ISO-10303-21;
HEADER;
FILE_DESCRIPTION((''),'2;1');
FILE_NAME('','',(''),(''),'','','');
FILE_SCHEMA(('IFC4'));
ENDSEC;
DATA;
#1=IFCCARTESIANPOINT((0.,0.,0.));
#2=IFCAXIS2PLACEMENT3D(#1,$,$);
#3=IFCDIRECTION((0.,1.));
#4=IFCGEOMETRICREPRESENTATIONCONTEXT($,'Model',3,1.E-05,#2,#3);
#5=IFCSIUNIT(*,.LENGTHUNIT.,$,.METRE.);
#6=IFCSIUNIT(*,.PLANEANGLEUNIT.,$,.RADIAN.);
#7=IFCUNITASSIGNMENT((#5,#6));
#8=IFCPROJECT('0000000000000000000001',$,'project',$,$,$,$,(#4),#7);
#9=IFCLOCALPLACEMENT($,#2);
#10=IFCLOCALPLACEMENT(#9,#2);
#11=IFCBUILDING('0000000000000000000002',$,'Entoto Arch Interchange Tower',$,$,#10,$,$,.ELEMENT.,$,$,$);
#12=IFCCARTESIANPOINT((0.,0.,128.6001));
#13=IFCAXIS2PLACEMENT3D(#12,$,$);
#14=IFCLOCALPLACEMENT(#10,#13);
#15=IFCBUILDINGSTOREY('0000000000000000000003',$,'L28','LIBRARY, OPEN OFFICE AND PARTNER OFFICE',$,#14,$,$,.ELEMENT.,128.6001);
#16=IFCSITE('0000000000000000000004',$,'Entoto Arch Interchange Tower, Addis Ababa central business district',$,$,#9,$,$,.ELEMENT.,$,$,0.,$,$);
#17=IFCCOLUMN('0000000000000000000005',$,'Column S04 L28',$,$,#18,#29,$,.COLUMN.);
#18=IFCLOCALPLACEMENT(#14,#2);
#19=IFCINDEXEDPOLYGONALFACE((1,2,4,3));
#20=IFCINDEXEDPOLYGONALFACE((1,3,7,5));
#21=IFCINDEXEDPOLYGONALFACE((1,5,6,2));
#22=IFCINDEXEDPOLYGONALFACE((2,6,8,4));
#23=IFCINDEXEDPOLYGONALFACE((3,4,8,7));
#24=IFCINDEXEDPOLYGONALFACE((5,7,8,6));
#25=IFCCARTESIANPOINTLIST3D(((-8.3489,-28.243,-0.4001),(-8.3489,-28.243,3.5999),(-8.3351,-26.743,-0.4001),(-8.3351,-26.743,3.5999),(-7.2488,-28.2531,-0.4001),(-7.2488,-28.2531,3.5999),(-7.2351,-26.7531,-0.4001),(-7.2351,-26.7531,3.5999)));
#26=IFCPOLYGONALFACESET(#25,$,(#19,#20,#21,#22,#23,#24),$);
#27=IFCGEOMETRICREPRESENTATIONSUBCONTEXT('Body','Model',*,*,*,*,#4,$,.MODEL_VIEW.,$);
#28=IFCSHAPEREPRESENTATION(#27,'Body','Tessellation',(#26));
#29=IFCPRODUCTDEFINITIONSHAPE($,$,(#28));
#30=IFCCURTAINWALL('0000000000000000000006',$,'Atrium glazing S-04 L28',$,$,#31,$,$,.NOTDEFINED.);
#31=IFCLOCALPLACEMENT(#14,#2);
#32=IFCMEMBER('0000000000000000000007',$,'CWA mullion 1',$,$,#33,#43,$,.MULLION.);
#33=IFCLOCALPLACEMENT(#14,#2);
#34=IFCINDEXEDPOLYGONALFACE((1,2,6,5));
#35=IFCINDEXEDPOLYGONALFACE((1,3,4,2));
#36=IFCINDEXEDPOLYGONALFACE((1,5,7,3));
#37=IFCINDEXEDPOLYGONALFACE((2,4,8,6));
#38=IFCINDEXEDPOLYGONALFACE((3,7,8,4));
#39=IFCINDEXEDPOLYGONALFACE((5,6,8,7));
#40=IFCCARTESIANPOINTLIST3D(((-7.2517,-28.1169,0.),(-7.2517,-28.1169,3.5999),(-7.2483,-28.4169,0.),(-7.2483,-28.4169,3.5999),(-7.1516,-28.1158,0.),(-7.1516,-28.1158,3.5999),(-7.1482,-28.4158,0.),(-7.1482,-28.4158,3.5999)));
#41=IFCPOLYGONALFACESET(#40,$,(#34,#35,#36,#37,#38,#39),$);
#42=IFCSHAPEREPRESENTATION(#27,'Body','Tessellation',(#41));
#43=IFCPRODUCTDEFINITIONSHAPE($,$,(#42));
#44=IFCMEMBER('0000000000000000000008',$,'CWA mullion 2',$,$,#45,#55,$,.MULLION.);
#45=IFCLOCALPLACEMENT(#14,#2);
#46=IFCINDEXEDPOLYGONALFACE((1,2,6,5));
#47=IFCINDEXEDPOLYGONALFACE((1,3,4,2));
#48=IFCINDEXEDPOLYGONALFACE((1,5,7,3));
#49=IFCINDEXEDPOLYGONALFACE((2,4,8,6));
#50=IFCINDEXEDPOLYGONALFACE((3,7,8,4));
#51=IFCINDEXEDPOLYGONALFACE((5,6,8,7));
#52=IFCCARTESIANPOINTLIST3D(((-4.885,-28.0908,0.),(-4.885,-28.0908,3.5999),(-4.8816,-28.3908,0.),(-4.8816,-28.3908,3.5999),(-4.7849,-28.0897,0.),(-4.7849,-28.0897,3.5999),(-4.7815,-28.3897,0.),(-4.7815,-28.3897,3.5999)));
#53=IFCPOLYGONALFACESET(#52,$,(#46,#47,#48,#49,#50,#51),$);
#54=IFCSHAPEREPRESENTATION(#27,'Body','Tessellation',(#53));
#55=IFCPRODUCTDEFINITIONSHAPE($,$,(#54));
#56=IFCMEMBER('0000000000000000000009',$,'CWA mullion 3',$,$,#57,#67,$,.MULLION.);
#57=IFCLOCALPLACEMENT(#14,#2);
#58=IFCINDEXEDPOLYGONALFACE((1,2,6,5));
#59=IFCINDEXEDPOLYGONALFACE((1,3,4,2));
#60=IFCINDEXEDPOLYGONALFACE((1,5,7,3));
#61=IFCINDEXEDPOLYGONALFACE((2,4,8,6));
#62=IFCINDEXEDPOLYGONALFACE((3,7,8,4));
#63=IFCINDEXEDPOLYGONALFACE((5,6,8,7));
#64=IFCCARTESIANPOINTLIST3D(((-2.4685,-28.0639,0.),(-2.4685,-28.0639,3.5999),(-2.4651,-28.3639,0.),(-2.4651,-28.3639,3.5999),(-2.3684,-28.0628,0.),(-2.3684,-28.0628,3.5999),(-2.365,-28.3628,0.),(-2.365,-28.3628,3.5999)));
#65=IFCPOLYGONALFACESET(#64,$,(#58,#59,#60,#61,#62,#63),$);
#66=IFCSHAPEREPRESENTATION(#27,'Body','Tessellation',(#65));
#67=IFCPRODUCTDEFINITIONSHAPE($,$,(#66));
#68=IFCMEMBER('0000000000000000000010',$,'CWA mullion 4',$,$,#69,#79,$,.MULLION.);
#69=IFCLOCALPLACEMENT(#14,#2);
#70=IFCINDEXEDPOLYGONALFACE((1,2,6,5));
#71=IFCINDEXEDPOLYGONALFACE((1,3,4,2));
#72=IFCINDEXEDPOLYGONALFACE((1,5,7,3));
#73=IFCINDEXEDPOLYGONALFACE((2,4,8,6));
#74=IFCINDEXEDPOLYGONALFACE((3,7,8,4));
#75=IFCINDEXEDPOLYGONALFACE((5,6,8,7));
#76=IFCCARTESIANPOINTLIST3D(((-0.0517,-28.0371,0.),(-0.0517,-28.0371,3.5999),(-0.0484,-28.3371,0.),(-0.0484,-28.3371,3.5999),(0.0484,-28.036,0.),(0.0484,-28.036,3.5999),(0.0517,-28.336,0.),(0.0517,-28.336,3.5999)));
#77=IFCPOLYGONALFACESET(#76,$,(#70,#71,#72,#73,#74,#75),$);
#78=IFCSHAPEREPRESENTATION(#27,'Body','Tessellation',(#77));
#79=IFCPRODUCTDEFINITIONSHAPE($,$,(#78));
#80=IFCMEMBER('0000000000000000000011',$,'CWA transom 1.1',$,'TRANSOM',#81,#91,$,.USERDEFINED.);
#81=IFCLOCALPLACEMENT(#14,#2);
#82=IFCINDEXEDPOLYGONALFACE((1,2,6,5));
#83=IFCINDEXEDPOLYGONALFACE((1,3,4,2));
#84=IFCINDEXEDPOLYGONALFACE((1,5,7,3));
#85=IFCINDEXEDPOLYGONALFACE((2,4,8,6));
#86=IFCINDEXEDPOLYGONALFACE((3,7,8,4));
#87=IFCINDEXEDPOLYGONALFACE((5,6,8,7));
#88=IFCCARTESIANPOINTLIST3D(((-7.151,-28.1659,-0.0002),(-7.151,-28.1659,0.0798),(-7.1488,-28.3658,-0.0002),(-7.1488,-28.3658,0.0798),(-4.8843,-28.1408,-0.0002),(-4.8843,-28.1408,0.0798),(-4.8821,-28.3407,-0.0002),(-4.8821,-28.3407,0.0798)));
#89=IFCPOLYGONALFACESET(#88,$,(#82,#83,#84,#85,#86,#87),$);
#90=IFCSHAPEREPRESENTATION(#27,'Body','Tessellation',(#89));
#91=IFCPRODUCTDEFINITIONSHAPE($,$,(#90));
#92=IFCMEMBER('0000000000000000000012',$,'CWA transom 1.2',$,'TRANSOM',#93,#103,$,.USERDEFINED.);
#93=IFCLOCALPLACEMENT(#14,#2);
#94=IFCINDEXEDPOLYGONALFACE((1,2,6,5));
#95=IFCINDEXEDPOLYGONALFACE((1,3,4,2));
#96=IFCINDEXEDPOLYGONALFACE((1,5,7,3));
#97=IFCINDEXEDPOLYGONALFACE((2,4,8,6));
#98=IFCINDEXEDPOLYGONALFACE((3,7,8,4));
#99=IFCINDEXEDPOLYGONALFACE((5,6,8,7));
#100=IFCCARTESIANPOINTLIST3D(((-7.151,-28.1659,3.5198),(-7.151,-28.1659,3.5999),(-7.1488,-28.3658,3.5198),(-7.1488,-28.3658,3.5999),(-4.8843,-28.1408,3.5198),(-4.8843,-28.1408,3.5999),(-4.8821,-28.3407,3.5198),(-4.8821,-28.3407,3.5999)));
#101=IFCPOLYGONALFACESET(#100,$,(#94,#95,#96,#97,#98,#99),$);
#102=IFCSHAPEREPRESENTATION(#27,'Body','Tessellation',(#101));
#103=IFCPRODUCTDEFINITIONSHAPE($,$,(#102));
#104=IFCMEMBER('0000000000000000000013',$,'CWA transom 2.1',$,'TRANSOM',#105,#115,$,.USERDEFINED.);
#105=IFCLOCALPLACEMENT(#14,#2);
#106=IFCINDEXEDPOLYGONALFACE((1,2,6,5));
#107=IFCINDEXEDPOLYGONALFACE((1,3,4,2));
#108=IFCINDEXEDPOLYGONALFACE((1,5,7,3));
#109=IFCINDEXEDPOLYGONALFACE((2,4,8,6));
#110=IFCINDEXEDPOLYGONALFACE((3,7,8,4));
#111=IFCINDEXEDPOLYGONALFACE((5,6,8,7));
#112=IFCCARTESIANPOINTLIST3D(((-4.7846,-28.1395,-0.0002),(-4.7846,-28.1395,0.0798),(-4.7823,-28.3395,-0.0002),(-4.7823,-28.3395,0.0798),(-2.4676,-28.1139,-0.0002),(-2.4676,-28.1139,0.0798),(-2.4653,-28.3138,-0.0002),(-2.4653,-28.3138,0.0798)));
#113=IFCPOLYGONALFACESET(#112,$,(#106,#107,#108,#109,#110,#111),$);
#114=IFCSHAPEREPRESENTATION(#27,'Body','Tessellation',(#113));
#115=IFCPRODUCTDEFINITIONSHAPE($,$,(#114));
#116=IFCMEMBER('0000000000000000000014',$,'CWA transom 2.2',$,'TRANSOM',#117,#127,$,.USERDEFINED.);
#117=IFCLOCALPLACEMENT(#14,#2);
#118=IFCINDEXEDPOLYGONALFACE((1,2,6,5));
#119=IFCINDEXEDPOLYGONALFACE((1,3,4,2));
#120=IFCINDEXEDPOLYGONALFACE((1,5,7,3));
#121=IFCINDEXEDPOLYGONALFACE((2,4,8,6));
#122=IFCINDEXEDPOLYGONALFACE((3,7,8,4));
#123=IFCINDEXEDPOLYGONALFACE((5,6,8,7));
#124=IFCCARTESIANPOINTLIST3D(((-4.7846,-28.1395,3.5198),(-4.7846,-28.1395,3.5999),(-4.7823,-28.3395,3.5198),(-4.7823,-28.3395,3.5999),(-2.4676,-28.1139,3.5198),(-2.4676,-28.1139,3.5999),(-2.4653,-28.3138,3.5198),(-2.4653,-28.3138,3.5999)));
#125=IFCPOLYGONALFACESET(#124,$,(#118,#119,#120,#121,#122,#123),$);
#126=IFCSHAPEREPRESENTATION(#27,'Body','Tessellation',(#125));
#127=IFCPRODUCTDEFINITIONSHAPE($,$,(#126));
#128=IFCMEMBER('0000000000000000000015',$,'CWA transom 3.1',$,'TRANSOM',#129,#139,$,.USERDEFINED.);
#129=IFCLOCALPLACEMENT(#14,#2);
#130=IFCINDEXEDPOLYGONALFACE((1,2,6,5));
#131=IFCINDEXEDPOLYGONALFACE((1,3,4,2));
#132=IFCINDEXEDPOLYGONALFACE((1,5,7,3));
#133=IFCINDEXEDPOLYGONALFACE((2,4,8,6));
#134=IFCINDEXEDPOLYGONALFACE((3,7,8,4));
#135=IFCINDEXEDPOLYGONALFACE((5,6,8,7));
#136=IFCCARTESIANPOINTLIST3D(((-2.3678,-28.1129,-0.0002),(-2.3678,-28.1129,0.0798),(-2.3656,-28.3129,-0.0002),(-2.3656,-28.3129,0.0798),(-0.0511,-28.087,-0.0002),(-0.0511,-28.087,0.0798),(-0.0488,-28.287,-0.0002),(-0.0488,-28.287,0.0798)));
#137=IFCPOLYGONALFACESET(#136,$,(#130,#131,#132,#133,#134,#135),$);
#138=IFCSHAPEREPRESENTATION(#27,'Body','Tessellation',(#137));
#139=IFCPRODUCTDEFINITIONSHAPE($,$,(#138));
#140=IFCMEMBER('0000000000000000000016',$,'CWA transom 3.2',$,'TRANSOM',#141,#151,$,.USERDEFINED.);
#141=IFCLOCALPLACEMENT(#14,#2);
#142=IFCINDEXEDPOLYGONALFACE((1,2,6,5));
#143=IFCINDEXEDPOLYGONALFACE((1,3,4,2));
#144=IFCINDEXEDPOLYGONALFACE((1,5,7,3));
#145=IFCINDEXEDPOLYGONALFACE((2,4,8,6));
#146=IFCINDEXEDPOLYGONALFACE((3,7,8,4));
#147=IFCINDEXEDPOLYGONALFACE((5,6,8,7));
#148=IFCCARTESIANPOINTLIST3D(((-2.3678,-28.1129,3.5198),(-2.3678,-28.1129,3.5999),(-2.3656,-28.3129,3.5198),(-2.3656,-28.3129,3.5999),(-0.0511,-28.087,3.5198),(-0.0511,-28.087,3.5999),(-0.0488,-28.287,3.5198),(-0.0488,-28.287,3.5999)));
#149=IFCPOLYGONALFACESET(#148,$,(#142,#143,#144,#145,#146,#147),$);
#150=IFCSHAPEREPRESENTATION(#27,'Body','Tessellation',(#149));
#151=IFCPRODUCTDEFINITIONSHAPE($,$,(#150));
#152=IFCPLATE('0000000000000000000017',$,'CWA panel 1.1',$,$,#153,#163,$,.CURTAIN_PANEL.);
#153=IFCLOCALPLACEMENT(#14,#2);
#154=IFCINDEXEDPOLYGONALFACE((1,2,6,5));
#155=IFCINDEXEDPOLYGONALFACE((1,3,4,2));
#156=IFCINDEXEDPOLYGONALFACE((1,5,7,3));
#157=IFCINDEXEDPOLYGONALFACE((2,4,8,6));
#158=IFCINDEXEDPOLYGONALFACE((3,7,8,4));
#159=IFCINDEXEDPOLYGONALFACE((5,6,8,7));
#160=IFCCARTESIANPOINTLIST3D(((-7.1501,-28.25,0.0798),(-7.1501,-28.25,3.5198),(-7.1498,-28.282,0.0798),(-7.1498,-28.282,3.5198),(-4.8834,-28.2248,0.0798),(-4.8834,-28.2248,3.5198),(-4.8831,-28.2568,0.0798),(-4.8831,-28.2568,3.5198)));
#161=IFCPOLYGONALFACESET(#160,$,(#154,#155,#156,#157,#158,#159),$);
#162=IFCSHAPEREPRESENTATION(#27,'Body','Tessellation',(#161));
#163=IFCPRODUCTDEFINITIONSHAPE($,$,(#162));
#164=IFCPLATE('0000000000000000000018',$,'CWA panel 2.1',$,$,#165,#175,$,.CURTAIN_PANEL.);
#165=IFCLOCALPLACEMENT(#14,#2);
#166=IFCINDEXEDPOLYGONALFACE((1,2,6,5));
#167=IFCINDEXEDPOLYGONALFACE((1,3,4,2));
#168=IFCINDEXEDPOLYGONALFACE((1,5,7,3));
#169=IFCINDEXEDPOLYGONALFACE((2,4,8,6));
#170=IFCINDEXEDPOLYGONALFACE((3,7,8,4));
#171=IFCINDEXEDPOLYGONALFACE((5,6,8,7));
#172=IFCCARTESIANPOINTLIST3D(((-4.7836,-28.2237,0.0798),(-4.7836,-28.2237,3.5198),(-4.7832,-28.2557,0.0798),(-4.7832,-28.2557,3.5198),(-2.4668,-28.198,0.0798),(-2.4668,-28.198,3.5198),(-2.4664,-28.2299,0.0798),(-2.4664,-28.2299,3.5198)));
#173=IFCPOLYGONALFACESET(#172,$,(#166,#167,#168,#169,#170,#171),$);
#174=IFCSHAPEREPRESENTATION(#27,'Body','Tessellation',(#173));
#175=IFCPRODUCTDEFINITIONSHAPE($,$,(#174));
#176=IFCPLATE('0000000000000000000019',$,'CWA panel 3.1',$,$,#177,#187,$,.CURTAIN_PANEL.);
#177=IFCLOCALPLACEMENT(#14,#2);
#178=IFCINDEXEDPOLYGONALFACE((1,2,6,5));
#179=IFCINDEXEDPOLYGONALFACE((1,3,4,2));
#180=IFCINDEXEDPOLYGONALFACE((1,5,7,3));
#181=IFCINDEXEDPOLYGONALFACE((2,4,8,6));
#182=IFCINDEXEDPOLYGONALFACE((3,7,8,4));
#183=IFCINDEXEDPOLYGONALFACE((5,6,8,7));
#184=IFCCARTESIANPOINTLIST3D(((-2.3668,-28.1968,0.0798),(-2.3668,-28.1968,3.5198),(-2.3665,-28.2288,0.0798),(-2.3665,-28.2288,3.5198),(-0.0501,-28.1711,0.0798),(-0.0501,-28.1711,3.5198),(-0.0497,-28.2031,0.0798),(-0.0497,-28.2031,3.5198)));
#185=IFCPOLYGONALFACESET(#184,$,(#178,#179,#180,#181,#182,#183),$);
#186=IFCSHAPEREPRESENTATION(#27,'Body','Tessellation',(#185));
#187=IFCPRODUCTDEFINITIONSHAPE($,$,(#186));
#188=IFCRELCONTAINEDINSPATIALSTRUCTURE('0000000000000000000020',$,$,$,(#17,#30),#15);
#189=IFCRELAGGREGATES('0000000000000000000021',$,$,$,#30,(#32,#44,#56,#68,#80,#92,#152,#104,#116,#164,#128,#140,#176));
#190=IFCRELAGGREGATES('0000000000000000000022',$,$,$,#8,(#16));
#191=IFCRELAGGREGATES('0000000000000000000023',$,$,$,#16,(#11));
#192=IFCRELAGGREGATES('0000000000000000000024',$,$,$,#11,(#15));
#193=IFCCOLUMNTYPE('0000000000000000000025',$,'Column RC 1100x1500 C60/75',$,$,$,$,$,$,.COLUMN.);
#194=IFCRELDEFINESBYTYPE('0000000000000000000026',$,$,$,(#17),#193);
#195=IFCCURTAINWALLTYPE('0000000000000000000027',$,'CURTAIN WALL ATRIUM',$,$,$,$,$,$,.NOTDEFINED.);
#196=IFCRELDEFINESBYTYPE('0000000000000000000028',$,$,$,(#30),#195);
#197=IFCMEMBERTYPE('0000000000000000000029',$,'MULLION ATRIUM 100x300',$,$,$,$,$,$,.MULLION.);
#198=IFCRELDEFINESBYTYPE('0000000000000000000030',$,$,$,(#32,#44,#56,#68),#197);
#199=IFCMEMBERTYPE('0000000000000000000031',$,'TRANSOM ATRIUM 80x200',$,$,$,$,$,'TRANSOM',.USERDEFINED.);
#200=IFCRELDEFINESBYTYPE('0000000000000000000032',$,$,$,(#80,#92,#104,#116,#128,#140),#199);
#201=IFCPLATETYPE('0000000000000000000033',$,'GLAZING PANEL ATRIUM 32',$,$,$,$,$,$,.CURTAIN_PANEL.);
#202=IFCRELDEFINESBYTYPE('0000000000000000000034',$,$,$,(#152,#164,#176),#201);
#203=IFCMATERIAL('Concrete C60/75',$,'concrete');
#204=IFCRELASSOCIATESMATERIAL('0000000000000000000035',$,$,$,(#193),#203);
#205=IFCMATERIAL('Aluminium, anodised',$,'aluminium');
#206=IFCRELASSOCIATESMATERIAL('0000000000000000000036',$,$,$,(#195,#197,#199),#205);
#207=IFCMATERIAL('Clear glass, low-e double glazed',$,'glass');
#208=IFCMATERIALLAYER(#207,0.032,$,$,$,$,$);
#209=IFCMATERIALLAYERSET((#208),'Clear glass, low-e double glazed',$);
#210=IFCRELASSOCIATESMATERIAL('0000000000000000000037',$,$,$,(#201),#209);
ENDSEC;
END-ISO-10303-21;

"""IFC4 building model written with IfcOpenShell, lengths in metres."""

from ifc_helpers import new_model, si_unit, direction, frame, origin, origin_2d, place, context, subcontext, project, spatial, rectangle, extrude, material, layer, layer_set, material_profile, profile_set, type_object, element, aggregate, save


model = new_model("IFC4")

# Units and contexts
model_context = context("Model", 3, precision=1e-05, world=origin(), true_north=direction((0.0, 1.0)))
body_context = subcontext(model_context, "Body", "Model", "MODEL_VIEW")
ifc_project = project(units=[si_unit("LENGTHUNIT", "METRE"), si_unit("PLANEANGLEUNIT", "RADIAN")], contexts=[model_context])

# Site, building, storey
site_placement = place(None, origin())
site = spatial("IfcSite", under=ifc_project, at=site_placement, Name="Entoto Arch Interchange Tower, Addis Ababa central business district", CompositionType="ELEMENT", RefElevation=0.0)
building_placement = place(site_placement, origin())
building = spatial("IfcBuilding", under=site, at=building_placement, Name="Entoto Arch Interchange Tower", CompositionType="ELEMENT")
storey_placement = place(building_placement, frame((0.0, 0.0, 128.6001)))
storey = spatial("IfcBuildingStorey", under=building, at=storey_placement, Name="L28", Description="LIBRARY, OPEN OFFICE AND PARTNER OFFICE", CompositionType="ELEMENT", Elevation=128.6001)

# Column
ifc_material_1 = material(Name="Concrete C60/75", Category="concrete")
ifc_material_profile_1 = material_profile(ifc_material_1, rectangle(XDim=1.1001, YDim=1.5, at=origin_2d()))
ifc_profile_set_1 = profile_set([ifc_material_profile_1], Name="Concrete C60/75")
column_type = type_object("IfcColumnType", Name="Column RC 1100x1500 C60/75", PredefinedType="COLUMN", material=ifc_profile_set_1)
column_placement = place(storey_placement, frame((-7.792, -27.498, -0.4001), z_axis=(0.0, 0.0, 1.0), x_axis=(-0.999958, 0.009163, 0.0)))
element("IfcColumn", 1, at=column_placement, inside=storey, type_object=column_type, Name="Column S04 L28", PredefinedType="COLUMN", context=body_context, shape_type="SweptSolid", body=[
    extrude(rectangle(XDim=1.1001, YDim=1.5, at=origin_2d()), origin(), (0.0, 0.0, 1.0), 4.0),
])

# Curtain wall, members, plates
ifc_material_2 = material(Name="Aluminium, anodised", Category="aluminium")
curtain_wall_type = type_object("IfcCurtainWallType", Name="CURTAIN WALL ATRIUM", PredefinedType="NOTDEFINED", material=ifc_material_2)
curtain_wall_placement = place(storey_placement, origin())
curtain_wall = element("IfcCurtainWall", 2, at=curtain_wall_placement, inside=storey, type_object=curtain_wall_type, Name="Atrium glazing S-04 L28", PredefinedType="NOTDEFINED")
ifc_material_profile_2 = material_profile(ifc_material_2, rectangle(XDim=0.3, YDim=0.1001, at=origin_2d()))
ifc_profile_set_2 = profile_set([ifc_material_profile_2], Name="Aluminium, anodised")
member_type_1 = type_object("IfcMemberType", Name="MULLION ATRIUM 100x300", PredefinedType="MULLION", material=ifc_profile_set_2)
member_1_placement = place(storey_placement, frame((-7.2, -28.2664, 0.0), z_axis=(0.0, 0.0, 1.0), x_axis=(-0.011103, 0.999938, 0.0)))
member_1 = element("IfcMember", 3, at=member_1_placement, type_object=member_type_1, Name="CWA mullion 1", PredefinedType="MULLION", context=body_context, shape_type="SweptSolid", body=[
    extrude(rectangle(XDim=0.3, YDim=0.1001, at=origin_2d()), origin(), (0.0, 0.0, 1.0), 3.5999),
])
member_2_placement = place(storey_placement, frame((-4.8333, -28.2402, 0.0), z_axis=(0.0, 0.0, 1.0), x_axis=(-0.011103, 0.999938, 0.0)))
member_2 = element("IfcMember", 4, at=member_2_placement, type_object=member_type_1, Name="CWA mullion 2", PredefinedType="MULLION", context=body_context, shape_type="SweptSolid", body=[
    extrude(rectangle(XDim=0.3, YDim=0.1001, at=origin_2d()), origin(), (0.0, 0.0, 1.0), 3.5999),
])
member_3_placement = place(storey_placement, frame((-2.4167, -28.2134, 0.0), z_axis=(0.0, 0.0, 1.0), x_axis=(-0.011103, 0.999938, 0.0)))
member_3 = element("IfcMember", 5, at=member_3_placement, type_object=member_type_1, Name="CWA mullion 3", PredefinedType="MULLION", context=body_context, shape_type="SweptSolid", body=[
    extrude(rectangle(XDim=0.3, YDim=0.1001, at=origin_2d()), origin(), (0.0, 0.0, 1.0), 3.5999),
])
member_4_placement = place(storey_placement, frame((0.0, -28.1865, 0.0), z_axis=(0.0, 0.0, 1.0), x_axis=(-0.011103, 0.999938, 0.0)))
member_4 = element("IfcMember", 6, at=member_4_placement, type_object=member_type_1, Name="CWA mullion 4", PredefinedType="MULLION", context=body_context, shape_type="SweptSolid", body=[
    extrude(rectangle(XDim=0.3, YDim=0.1001, at=origin_2d()), origin(), (0.0, 0.0, 1.0), 3.5999),
])
ifc_material_profile_3 = material_profile(ifc_material_2, rectangle(XDim=0.2, YDim=0.0801, at=origin_2d()))
ifc_profile_set_3 = profile_set([ifc_material_profile_3], Name="Aluminium, anodised")
member_type_2 = type_object("IfcMemberType", Name="TRANSOM ATRIUM 80x200", ElementType="TRANSOM", PredefinedType="USERDEFINED", material=ifc_profile_set_3)
member_5_placement = place(storey_placement, frame((-7.1499, -28.2659, 0.0398), z_axis=(0.999938, 0.011094, 0.0), x_axis=(-0.011094, 0.999938, 0.0)))
member_5 = element("IfcMember", 7, at=member_5_placement, type_object=member_type_2, Name="CWA transom 1.1", ObjectType="TRANSOM", PredefinedType="USERDEFINED", context=body_context, shape_type="SweptSolid", body=[
    extrude(rectangle(XDim=0.2, YDim=0.0801, at=origin_2d()), origin(), (0.0, 0.0, 1.0), 2.2668),
])
member_6_placement = place(storey_placement, frame((-7.1499, -28.2659, 3.5598), z_axis=(0.999938, 0.011094, 0.0), x_axis=(-0.011094, 0.999938, 0.0)))
member_6 = element("IfcMember", 8, at=member_6_placement, type_object=member_type_2, Name="CWA transom 1.2", ObjectType="TRANSOM", PredefinedType="USERDEFINED", context=body_context, shape_type="SweptSolid", body=[
    extrude(rectangle(XDim=0.2, YDim=0.0801, at=origin_2d()), origin(), (0.0, 0.0, 1.0), 2.2668),
])
member_7_placement = place(storey_placement, frame((-4.7834, -28.2395, 0.0398), z_axis=(0.999939, 0.011064, 0.0), x_axis=(-0.011064, 0.999939, 0.0)))
member_7 = element("IfcMember", 9, at=member_7_placement, type_object=member_type_2, Name="CWA transom 2.1", ObjectType="TRANSOM", PredefinedType="USERDEFINED", context=body_context, shape_type="SweptSolid", body=[
    extrude(rectangle(XDim=0.2, YDim=0.0801, at=origin_2d()), origin(), (0.0, 0.0, 1.0), 2.3171),
])
member_8_placement = place(storey_placement, frame((-4.7834, -28.2395, 3.5598), z_axis=(0.999939, 0.011064, 0.0), x_axis=(-0.011064, 0.999939, 0.0)))
member_8 = element("IfcMember", 10, at=member_8_placement, type_object=member_type_2, Name="CWA transom 2.2", ObjectType="TRANSOM", PredefinedType="USERDEFINED", context=body_context, shape_type="SweptSolid", body=[
    extrude(rectangle(XDim=0.2, YDim=0.0801, at=origin_2d()), origin(), (0.0, 0.0, 1.0), 2.3171),
])
member_9_placement = place(storey_placement, frame((-2.3667, -28.2129, 0.0398), z_axis=(0.999938, 0.01117, 0.0), x_axis=(-0.01117, 0.999938, 0.0)))
member_9 = element("IfcMember", 11, at=member_9_placement, type_object=member_type_2, Name="CWA transom 3.1", ObjectType="TRANSOM", PredefinedType="USERDEFINED", context=body_context, shape_type="SweptSolid", body=[
    extrude(rectangle(XDim=0.2, YDim=0.0801, at=origin_2d()), origin(), (0.0, 0.0, 1.0), 2.3169),
])
member_10_placement = place(storey_placement, frame((-2.3667, -28.2129, 3.5598), z_axis=(0.999938, 0.01117, 0.0), x_axis=(-0.01117, 0.999938, 0.0)))
member_10 = element("IfcMember", 12, at=member_10_placement, type_object=member_type_2, Name="CWA transom 3.2", ObjectType="TRANSOM", PredefinedType="USERDEFINED", context=body_context, shape_type="SweptSolid", body=[
    extrude(rectangle(XDim=0.2, YDim=0.0801, at=origin_2d()), origin(), (0.0, 0.0, 1.0), 2.3169),
])
ifc_material_3 = material(Name="Clear glass, low-e double glazed", Category="glass")
ifc_layer_1 = layer(ifc_material_3, 0.032)
ifc_layer_set_1 = layer_set([ifc_layer_1], Name="Clear glass, low-e double glazed")
plate_type = type_object("IfcPlateType", Name="GLAZING PANEL ATRIUM 32", PredefinedType="CURTAIN_PANEL", material=ifc_layer_set_1)
plate_1_placement = place(storey_placement, frame((-6.0166, -28.2534, 0.0798), z_axis=(0.0, 0.0, 1.0), x_axis=(0.999938, 0.011103, 0.0)))
plate_1 = element("IfcPlate", 13, at=plate_1_placement, type_object=plate_type, Name="CWA panel 1.1", PredefinedType="CURTAIN_PANEL", context=body_context, shape_type="SweptSolid", body=[
    extrude(rectangle(XDim=2.2668, YDim=0.032, at=origin_2d()), origin(), (0.0, 0.0, 1.0), 3.4399),
])
plate_2_placement = place(storey_placement, frame((-3.625, -28.2268, 0.0798), z_axis=(0.0, 0.0, 1.0), x_axis=(0.999938, 0.011103, 0.0)))
plate_2 = element("IfcPlate", 14, at=plate_2_placement, type_object=plate_type, Name="CWA panel 2.1", PredefinedType="CURTAIN_PANEL", context=body_context, shape_type="SweptSolid", body=[
    extrude(rectangle(XDim=2.3169, YDim=0.032, at=origin_2d()), origin(), (0.0, 0.0, 1.0), 3.4399),
])
plate_3_placement = place(storey_placement, frame((-1.2083, -28.2, 0.0798), z_axis=(0.0, 0.0, 1.0), x_axis=(0.999938, 0.011103, 0.0)))
plate_3 = element("IfcPlate", 15, at=plate_3_placement, type_object=plate_type, Name="CWA panel 3.1", PredefinedType="CURTAIN_PANEL", context=body_context, shape_type="SweptSolid", body=[
    extrude(rectangle(XDim=2.3169, YDim=0.032, at=origin_2d()), origin(), (0.0, 0.0, 1.0), 3.4399),
])
aggregate(curtain_wall, [member_1, member_2, member_3, member_4, member_5, member_6, plate_1, member_7, member_8, plate_2, member_9, member_10, plate_3])

save(model, "model.ifc")
